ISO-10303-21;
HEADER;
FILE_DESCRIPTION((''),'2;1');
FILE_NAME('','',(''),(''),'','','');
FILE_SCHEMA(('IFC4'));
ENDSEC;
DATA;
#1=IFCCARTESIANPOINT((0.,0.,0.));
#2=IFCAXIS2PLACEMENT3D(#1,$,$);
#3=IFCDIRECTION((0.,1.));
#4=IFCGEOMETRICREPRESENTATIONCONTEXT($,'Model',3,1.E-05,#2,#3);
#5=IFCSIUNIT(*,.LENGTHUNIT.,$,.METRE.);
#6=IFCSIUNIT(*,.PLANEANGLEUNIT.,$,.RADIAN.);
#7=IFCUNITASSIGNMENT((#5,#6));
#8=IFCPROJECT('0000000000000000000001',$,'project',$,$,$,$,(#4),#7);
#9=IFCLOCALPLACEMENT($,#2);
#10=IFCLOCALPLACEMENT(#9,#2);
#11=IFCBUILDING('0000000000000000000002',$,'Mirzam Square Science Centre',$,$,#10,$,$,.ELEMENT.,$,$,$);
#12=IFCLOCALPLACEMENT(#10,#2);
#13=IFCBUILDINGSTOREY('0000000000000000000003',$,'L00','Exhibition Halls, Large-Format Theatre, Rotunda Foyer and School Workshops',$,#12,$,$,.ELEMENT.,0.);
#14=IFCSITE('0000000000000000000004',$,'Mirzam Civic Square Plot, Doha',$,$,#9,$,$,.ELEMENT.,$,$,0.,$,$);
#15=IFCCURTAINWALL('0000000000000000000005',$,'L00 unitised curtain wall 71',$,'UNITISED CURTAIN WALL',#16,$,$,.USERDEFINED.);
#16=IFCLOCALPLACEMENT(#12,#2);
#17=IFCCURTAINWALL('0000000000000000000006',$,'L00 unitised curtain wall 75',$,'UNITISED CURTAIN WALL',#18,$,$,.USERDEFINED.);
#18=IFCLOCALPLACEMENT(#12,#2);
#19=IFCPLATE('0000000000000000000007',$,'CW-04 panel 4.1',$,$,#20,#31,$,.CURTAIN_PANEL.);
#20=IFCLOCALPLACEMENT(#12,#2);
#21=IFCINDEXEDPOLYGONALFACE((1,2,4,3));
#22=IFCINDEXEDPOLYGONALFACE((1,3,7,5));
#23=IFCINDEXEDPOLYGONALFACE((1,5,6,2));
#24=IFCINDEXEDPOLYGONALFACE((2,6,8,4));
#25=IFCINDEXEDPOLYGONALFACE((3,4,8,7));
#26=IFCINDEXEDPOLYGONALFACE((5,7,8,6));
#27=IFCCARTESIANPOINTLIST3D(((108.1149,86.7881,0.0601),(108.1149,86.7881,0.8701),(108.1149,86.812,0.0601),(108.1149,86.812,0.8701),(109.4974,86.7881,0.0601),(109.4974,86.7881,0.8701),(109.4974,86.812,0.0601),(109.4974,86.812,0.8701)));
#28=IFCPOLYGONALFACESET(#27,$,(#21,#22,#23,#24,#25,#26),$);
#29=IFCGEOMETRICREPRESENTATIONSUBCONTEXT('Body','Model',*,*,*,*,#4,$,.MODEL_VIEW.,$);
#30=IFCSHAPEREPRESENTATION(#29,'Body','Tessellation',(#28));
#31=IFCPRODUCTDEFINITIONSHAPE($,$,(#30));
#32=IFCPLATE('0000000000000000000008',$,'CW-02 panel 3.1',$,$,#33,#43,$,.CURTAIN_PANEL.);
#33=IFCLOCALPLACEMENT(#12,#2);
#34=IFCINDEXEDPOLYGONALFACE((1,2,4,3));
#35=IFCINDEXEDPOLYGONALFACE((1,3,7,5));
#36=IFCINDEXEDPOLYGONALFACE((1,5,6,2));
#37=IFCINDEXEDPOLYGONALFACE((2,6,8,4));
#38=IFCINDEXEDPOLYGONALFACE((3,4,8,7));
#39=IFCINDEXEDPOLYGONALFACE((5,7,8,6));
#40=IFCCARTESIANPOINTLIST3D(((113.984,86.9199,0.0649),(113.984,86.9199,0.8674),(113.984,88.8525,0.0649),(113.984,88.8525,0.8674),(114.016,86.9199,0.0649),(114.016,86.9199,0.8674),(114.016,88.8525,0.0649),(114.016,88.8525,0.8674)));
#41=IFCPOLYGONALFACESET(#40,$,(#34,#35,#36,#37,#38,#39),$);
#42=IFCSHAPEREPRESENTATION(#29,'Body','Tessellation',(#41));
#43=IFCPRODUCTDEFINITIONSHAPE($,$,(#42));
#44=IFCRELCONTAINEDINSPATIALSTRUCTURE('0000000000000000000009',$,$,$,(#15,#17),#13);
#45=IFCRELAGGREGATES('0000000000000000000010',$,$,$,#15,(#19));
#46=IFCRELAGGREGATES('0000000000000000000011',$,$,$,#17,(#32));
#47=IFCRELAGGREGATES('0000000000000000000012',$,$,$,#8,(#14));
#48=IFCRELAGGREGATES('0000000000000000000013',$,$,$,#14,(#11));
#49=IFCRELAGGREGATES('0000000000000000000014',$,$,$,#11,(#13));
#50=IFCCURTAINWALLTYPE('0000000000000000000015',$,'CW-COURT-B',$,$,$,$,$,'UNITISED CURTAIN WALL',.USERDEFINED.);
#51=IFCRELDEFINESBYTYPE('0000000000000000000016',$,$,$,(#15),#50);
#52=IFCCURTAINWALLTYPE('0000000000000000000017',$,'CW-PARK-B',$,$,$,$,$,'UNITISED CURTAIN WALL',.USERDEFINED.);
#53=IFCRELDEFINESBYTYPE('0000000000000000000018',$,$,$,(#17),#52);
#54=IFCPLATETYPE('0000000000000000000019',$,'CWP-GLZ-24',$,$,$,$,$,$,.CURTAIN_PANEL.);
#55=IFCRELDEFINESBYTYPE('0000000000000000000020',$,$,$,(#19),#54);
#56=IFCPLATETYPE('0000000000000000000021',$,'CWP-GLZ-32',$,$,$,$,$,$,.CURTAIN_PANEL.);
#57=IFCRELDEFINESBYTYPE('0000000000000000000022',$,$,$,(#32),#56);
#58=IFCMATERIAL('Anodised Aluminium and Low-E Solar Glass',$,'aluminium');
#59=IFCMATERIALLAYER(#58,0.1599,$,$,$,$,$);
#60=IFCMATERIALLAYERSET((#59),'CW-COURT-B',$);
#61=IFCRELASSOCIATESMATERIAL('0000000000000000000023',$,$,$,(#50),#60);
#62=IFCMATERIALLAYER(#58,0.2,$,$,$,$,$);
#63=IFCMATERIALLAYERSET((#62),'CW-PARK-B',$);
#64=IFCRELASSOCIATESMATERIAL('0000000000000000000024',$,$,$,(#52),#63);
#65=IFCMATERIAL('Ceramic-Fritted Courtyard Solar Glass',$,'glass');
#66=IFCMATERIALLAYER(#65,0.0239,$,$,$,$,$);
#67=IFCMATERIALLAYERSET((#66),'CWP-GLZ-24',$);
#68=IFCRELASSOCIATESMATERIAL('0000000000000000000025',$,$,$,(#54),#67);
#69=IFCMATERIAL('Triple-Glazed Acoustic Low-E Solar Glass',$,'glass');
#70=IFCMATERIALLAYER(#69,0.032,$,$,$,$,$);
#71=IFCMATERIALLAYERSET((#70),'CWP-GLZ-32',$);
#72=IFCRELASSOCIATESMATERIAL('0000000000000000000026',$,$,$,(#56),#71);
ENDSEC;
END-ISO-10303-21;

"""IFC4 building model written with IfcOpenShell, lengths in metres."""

from ifc_helpers import new_model, si_unit, direction, frame, origin, origin_2d, place, context, subcontext, project, spatial, rectangle, extrude, material, layer, layer_set, type_object, element, aggregate, save


model = new_model("IFC4")

# Units and contexts
model_context = context("Model", 3, precision=1e-05, world=origin(), true_north=direction((0.0, 1.0)))
body_context = subcontext(model_context, "Body", "Model", "MODEL_VIEW")
ifc_project = project(units=[si_unit("LENGTHUNIT", "METRE"), si_unit("PLANEANGLEUNIT", "RADIAN")], contexts=[model_context])

# Site, building, storey
site_placement = place(None, origin())
site = spatial("IfcSite", under=ifc_project, at=site_placement, Name="Mirzam Civic Square Plot, Doha", CompositionType="ELEMENT", RefElevation=0.0)
building_placement = place(site_placement, origin())
building = spatial("IfcBuilding", under=site, at=building_placement, Name="Mirzam Square Science Centre", CompositionType="ELEMENT")
storey_placement = place(building_placement, origin())
storey = spatial("IfcBuildingStorey", under=building, at=storey_placement, Name="L00", Description="Exhibition Halls, Large-Format Theatre, Rotunda Foyer and School Workshops", CompositionType="ELEMENT", Elevation=0.0)

# Curtain wall
ifc_material_1 = material(Name="Anodised Aluminium and Low-E Solar Glass", Category="aluminium")
ifc_layer_1 = layer(ifc_material_1, 0.1599)
ifc_layer_set_1 = layer_set([ifc_layer_1], Name="CW-COURT-B")
curtain_wall_type_1 = type_object("IfcCurtainWallType", Name="CW-COURT-B", ElementType="UNITISED CURTAIN WALL", PredefinedType="USERDEFINED", material=ifc_layer_set_1)
curtain_wall_1_placement = place(storey_placement, origin())
curtain_wall_1 = element("IfcCurtainWall", 1, at=curtain_wall_1_placement, inside=storey, type_object=curtain_wall_type_1, Name="L00 unitised curtain wall 71", ObjectType="UNITISED CURTAIN WALL", PredefinedType="USERDEFINED")

# Curtain wall
ifc_layer_2 = layer(ifc_material_1, 0.2)
ifc_layer_set_2 = layer_set([ifc_layer_2], Name="CW-PARK-B")
curtain_wall_type_2 = type_object("IfcCurtainWallType", Name="CW-PARK-B", ElementType="UNITISED CURTAIN WALL", PredefinedType="USERDEFINED", material=ifc_layer_set_2)
curtain_wall_2_placement = place(storey_placement, origin())
curtain_wall_2 = element("IfcCurtainWall", 2, at=curtain_wall_2_placement, inside=storey, type_object=curtain_wall_type_2, Name="L00 unitised curtain wall 75", ObjectType="UNITISED CURTAIN WALL", PredefinedType="USERDEFINED")

# Plates
ifc_material_2 = material(Name="Ceramic-Fritted Courtyard Solar Glass", Category="glass")
ifc_layer_3 = layer(ifc_material_2, 0.0239)
ifc_layer_set_3 = layer_set([ifc_layer_3], Name="CWP-GLZ-24")
plate_type_1 = type_object("IfcPlateType", Name="CWP-GLZ-24", PredefinedType="CURTAIN_PANEL", material=ifc_layer_set_3)
plate_1_placement = place(storey_placement, frame((108.8062, 86.8, 0.0601), z_axis=(0.0, 0.0, 1.0), x_axis=(-1.0, 0.0, 0.0)))
plate_1 = element("IfcPlate", 3, at=plate_1_placement, type_object=plate_type_1, Name="CW-04 panel 4.1", PredefinedType="CURTAIN_PANEL", context=body_context, shape_type="SweptSolid", body=[
    extrude(rectangle(XDim=1.3826, YDim=0.0239, at=origin_2d()), origin(), (0.0, 0.0, 1.0), 0.8101),
])
aggregate(curtain_wall_1, [plate_1])
ifc_material_3 = material(Name="Triple-Glazed Acoustic Low-E Solar Glass", Category="glass")
ifc_layer_4 = layer(ifc_material_3, 0.032)
ifc_layer_set_4 = layer_set([ifc_layer_4], Name="CWP-GLZ-32")
plate_type_2 = type_object("IfcPlateType", Name="CWP-GLZ-32", PredefinedType="CURTAIN_PANEL", material=ifc_layer_set_4)
plate_2_placement = place(storey_placement, frame((114.0, 87.8862, 0.0649), z_axis=(0.0, 0.0, 1.0), x_axis=(0.0, -1.0, 0.0)))
plate_2 = element("IfcPlate", 4, at=plate_2_placement, type_object=plate_type_2, Name="CW-02 panel 3.1", PredefinedType="CURTAIN_PANEL", context=body_context, shape_type="SweptSolid", body=[
    extrude(rectangle(XDim=1.9326, YDim=0.032, at=origin_2d()), origin(), (0.0, 0.0, 1.0), 0.8025),
])
aggregate(curtain_wall_2, [plate_2])

save(model, "model.ifc")
